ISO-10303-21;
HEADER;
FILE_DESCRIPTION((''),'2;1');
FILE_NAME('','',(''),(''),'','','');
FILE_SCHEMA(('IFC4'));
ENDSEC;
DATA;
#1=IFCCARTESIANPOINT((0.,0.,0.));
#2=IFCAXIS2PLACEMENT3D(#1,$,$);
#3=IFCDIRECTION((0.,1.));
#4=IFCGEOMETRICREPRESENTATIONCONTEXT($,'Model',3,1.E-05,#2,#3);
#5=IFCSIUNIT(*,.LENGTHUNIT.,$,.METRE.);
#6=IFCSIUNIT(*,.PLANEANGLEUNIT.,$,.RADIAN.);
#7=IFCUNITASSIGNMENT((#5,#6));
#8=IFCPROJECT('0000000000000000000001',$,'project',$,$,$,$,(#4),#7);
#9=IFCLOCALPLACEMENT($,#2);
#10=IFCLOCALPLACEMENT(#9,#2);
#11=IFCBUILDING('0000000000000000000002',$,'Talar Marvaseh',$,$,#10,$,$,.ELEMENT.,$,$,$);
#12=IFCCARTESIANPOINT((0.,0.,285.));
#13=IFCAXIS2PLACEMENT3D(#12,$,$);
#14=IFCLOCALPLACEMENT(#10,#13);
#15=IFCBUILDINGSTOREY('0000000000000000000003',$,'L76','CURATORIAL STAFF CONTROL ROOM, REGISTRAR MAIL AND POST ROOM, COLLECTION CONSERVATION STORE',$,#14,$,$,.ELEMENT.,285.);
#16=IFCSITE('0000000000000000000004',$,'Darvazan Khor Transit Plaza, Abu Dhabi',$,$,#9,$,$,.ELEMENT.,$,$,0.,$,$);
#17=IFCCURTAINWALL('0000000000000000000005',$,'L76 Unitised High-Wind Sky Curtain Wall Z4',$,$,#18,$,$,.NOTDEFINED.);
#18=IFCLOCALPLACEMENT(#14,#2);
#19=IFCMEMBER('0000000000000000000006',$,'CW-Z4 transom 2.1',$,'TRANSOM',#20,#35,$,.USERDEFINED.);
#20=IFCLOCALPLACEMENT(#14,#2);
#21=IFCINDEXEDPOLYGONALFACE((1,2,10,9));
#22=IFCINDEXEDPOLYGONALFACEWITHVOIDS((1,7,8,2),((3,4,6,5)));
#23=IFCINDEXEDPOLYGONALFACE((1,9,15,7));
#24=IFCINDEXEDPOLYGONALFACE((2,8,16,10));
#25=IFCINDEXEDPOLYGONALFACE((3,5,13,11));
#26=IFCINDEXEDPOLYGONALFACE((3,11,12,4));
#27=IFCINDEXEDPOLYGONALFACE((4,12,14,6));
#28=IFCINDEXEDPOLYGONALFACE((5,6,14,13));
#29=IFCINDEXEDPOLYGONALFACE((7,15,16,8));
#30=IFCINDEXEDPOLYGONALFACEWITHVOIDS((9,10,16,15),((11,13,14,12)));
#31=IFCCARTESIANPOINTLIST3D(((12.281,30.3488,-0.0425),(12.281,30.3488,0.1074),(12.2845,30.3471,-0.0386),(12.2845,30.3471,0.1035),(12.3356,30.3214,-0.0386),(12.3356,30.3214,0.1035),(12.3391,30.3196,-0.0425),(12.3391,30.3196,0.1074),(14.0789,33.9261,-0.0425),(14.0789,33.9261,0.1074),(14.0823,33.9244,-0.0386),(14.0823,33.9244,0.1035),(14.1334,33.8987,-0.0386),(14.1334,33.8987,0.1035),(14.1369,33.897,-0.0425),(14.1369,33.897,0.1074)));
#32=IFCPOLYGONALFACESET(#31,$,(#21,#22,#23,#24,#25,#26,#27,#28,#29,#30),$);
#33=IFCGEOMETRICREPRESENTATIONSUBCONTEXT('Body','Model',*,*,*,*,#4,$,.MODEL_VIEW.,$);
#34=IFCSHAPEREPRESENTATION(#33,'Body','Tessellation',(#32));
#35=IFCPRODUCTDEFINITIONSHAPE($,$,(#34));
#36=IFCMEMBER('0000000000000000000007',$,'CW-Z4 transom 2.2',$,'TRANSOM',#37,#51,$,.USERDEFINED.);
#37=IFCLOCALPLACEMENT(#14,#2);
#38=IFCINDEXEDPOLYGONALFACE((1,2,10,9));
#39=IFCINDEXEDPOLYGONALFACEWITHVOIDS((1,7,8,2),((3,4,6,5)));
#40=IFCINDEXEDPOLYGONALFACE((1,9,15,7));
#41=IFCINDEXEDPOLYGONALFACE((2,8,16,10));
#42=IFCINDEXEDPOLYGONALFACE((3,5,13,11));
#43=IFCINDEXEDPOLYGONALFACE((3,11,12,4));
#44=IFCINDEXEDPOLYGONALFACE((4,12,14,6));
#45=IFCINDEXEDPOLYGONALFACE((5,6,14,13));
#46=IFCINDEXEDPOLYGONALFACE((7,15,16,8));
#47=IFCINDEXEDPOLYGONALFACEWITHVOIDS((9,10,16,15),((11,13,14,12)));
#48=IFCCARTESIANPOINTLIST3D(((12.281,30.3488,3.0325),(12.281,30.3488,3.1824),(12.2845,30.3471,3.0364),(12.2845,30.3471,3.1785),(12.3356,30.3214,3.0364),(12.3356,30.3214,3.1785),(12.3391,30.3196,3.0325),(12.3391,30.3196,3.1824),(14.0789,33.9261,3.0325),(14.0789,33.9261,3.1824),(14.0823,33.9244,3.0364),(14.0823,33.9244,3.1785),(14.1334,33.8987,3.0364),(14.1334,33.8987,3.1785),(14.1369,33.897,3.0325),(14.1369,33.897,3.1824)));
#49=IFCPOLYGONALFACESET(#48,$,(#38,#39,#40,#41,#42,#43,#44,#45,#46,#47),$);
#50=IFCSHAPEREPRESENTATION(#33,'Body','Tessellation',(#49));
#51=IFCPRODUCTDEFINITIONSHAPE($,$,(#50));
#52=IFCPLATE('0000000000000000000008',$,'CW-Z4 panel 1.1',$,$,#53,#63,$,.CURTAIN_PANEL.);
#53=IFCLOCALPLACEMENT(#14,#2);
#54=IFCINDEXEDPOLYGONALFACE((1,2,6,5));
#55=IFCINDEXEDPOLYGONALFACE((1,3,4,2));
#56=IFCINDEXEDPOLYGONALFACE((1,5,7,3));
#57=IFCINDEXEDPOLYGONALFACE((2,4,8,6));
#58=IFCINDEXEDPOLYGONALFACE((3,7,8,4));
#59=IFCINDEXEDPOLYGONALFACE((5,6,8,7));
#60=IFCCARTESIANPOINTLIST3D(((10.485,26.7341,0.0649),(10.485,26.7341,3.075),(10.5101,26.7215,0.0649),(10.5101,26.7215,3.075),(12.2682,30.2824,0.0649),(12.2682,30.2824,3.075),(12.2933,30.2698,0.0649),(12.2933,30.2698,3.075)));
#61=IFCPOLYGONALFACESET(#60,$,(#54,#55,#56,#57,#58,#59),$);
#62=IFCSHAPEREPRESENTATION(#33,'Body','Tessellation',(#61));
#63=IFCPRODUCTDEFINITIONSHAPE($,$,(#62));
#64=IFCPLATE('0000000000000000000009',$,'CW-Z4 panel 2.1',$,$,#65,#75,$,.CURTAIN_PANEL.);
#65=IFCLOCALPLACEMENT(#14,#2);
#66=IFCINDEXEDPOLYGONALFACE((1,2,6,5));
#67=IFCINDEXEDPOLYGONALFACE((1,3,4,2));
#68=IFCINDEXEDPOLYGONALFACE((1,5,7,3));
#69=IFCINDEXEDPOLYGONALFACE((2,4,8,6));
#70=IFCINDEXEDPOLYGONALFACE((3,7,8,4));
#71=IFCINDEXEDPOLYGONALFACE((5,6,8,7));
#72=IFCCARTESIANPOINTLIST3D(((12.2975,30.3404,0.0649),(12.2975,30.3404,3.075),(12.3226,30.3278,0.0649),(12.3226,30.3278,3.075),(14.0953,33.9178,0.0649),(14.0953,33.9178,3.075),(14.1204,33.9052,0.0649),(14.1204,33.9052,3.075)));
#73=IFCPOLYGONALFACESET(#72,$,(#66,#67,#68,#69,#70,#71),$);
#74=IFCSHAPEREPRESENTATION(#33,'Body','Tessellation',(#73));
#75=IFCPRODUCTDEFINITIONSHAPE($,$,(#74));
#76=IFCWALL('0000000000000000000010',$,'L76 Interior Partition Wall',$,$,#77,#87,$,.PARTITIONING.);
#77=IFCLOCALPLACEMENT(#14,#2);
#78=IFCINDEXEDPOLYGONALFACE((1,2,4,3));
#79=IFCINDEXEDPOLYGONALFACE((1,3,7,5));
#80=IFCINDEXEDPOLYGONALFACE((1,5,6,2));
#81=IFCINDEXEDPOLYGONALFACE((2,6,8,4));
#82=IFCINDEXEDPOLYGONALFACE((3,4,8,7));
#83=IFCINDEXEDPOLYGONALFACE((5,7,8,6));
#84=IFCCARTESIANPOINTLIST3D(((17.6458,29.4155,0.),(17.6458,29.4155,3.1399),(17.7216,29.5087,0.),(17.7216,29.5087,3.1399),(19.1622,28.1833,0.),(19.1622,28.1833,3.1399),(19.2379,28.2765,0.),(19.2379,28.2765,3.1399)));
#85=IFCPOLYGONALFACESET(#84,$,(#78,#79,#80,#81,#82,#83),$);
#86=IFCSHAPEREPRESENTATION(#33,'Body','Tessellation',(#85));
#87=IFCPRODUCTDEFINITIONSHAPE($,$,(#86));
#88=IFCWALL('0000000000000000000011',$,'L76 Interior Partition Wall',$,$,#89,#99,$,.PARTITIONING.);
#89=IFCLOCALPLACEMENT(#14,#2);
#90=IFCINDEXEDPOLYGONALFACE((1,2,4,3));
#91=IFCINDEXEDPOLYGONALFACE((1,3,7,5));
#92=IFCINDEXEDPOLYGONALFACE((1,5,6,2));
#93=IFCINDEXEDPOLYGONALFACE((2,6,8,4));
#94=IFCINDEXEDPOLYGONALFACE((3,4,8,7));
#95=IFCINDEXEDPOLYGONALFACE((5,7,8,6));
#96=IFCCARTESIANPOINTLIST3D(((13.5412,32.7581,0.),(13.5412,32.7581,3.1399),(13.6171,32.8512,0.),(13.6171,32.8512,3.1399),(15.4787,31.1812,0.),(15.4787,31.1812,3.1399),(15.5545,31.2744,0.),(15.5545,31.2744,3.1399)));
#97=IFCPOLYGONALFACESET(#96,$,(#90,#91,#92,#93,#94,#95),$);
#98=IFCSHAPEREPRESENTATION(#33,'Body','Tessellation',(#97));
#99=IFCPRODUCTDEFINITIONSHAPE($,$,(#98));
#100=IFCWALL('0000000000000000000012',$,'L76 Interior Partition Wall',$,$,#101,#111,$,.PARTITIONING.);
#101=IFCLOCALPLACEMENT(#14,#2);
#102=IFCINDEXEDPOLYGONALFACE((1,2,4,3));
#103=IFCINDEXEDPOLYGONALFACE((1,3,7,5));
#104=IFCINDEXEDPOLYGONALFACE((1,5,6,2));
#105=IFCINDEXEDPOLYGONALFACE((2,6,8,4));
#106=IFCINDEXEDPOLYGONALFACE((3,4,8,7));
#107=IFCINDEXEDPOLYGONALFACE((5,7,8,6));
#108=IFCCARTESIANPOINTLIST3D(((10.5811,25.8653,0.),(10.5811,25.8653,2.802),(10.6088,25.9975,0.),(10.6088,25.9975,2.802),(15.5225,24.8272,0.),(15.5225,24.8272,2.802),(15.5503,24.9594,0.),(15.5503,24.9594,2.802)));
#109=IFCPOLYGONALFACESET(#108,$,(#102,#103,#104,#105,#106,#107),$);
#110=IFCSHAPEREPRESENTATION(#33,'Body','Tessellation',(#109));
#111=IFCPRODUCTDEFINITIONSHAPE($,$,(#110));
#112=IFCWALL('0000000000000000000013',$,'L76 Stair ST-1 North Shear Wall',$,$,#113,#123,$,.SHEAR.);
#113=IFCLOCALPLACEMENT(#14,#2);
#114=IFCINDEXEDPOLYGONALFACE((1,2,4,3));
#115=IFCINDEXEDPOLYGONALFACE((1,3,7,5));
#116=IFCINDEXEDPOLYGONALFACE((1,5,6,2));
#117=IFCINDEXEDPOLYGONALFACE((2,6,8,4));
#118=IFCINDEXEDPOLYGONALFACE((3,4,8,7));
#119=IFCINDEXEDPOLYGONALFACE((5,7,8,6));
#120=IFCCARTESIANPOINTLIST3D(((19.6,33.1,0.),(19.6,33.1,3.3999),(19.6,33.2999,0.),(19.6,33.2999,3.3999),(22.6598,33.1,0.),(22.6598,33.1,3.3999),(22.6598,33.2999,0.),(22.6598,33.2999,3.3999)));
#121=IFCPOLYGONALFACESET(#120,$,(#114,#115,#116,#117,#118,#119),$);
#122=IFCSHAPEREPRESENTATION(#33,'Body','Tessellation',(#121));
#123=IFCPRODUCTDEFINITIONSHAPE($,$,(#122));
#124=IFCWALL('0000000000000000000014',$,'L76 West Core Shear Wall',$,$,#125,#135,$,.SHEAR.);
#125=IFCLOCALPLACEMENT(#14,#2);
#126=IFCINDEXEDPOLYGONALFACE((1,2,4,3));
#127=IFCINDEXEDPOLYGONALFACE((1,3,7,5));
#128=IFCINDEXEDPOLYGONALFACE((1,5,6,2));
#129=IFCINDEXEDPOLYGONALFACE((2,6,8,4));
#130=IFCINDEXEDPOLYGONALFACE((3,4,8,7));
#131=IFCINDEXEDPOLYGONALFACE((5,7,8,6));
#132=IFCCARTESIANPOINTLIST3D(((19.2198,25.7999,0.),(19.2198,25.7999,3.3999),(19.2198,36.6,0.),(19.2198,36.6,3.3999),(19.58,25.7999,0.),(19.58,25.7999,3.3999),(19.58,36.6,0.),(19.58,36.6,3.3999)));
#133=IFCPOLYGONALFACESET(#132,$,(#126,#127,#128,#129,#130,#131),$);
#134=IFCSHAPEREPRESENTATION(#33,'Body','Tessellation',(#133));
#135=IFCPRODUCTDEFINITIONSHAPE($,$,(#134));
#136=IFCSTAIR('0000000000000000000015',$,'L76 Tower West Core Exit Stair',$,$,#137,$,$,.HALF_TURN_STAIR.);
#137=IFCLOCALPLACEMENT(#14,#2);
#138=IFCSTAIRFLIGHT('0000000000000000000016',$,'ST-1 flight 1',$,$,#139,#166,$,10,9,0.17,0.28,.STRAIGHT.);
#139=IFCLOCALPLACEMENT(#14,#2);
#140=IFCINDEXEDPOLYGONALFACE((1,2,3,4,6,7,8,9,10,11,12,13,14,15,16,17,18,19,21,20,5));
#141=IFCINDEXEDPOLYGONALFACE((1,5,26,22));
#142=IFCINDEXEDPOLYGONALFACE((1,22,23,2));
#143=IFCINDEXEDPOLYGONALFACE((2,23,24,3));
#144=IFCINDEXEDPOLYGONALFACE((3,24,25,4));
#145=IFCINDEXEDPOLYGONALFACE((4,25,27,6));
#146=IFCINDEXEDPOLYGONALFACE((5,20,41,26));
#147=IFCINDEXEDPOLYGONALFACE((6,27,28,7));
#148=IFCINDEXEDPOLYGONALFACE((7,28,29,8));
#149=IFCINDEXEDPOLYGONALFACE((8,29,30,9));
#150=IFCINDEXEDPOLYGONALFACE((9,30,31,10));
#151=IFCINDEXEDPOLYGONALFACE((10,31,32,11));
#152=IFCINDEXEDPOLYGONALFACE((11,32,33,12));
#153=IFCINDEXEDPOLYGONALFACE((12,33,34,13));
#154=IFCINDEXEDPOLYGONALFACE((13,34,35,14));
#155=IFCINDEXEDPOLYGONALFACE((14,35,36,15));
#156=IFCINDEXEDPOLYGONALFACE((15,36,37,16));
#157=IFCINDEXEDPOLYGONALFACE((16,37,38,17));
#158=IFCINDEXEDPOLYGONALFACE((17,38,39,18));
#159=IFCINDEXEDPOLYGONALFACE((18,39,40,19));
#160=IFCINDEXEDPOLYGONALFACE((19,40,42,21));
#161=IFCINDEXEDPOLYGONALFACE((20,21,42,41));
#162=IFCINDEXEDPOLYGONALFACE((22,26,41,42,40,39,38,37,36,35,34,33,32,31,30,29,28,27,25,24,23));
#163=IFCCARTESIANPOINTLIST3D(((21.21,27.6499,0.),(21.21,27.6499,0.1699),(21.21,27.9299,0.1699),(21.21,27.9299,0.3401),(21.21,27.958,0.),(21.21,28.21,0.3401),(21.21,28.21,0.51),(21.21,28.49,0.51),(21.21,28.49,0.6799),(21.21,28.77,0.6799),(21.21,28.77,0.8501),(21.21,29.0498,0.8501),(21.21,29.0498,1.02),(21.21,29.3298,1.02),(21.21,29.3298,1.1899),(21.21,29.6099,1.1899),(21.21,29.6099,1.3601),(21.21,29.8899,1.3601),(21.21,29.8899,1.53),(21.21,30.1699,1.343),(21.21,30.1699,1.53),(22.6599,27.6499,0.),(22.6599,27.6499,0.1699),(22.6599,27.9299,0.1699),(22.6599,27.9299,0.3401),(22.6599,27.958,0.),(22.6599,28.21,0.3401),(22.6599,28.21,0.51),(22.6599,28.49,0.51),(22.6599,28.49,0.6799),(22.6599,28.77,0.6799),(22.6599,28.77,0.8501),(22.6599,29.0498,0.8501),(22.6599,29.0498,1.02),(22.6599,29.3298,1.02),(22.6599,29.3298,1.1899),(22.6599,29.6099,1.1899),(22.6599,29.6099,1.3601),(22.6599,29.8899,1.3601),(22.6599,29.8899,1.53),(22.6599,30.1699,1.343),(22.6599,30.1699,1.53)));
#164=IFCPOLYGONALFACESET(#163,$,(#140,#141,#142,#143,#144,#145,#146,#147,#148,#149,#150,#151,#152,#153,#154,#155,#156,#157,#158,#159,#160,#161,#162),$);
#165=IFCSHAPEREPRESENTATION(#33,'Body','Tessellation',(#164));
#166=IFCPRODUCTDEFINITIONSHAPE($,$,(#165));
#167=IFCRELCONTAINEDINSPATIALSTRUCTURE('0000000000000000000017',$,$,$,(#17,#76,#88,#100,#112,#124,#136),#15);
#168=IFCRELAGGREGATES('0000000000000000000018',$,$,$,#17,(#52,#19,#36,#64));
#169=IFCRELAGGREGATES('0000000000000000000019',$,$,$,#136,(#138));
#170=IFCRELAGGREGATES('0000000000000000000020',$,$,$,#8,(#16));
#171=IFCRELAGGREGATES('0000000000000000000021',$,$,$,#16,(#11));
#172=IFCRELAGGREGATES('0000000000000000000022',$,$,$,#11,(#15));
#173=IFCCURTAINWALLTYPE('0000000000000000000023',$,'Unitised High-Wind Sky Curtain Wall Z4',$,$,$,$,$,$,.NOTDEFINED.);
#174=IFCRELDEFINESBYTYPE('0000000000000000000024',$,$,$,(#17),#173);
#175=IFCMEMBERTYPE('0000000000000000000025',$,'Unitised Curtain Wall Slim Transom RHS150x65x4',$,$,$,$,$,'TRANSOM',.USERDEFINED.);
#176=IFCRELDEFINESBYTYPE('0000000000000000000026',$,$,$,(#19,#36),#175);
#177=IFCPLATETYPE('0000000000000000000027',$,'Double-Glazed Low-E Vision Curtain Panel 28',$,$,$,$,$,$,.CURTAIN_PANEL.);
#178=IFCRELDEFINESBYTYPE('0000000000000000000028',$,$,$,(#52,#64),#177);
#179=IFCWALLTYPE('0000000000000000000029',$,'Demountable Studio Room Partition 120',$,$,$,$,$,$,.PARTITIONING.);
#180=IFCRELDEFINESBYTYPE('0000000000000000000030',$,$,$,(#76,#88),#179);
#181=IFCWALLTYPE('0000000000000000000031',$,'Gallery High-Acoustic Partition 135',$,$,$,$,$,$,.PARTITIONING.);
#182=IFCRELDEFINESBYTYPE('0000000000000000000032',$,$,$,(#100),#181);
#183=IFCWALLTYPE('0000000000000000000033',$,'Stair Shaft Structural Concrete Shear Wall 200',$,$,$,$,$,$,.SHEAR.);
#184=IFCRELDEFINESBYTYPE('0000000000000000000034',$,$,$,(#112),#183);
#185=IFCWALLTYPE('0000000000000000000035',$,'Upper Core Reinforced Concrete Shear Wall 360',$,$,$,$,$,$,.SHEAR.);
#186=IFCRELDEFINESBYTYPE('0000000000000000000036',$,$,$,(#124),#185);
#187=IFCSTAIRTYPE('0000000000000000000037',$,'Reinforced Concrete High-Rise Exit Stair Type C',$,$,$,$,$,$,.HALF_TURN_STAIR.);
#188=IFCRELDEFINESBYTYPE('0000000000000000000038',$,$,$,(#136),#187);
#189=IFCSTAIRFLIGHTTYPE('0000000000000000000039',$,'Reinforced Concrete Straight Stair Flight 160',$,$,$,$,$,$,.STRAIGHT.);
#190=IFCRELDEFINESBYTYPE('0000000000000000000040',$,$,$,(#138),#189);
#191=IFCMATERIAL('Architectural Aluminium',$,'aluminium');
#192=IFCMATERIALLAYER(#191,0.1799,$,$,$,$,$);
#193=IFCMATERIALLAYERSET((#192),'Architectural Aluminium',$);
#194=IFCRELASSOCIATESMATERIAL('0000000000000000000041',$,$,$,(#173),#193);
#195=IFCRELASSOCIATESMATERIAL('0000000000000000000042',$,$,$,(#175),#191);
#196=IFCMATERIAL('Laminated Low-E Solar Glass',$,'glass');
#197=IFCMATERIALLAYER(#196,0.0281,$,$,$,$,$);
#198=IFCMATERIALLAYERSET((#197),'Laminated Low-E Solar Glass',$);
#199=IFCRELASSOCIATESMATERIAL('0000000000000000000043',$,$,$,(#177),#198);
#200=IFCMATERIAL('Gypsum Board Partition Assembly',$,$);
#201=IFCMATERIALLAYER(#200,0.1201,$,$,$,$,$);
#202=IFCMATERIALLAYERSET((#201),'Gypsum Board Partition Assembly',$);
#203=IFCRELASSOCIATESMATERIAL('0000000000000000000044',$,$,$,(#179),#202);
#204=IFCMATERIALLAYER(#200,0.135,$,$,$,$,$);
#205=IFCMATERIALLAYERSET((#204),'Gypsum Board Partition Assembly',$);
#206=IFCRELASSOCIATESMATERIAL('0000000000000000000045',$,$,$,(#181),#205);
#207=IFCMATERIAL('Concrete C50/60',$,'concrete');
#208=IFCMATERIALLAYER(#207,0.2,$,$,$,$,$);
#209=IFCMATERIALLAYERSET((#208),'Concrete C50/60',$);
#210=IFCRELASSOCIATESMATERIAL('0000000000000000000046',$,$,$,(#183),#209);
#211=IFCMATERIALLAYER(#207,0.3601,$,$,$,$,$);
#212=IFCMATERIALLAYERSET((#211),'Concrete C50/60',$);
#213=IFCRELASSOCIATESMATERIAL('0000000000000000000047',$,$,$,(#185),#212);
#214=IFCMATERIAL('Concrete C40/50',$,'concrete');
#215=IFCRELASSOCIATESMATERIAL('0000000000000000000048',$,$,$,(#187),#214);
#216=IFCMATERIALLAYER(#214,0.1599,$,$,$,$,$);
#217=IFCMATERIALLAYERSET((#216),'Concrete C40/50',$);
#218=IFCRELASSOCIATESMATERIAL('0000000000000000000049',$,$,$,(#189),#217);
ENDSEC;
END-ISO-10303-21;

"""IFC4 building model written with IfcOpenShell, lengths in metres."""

from ifc_helpers import new_model, si_unit, direction, frame, frame_2d, origin, origin_2d, place, context, subcontext, project, spatial, polyline, rectangle, hollow_rectangle, outline, extrude, source, transform, mapped, material, layer, layer_set, material_profile, profile_set, type_object, type_shapes, element, aggregate, save


model = new_model("IFC4")

# Units and contexts
model_context = context("Model", 3, precision=1e-05, world=origin(), true_north=direction((0.0, 1.0)))
body_context = subcontext(model_context, "Body", "Model", "MODEL_VIEW")
ifc_project = project(units=[si_unit("LENGTHUNIT", "METRE"), si_unit("PLANEANGLEUNIT", "RADIAN")], contexts=[model_context])

# Site, building, storey
site_placement = place(None, origin())
site = spatial("IfcSite", under=ifc_project, at=site_placement, Name="Darvazan Khor Transit Plaza, Abu Dhabi", CompositionType="ELEMENT", RefElevation=0.0)
building_placement = place(site_placement, origin())
building = spatial("IfcBuilding", under=site, at=building_placement, Name="Talar Marvaseh", CompositionType="ELEMENT")
storey_placement = place(building_placement, frame((0.0, 0.0, 285.0)))
storey = spatial("IfcBuildingStorey", under=building, at=storey_placement, Name="L76", Description="CURATORIAL STAFF CONTROL ROOM, REGISTRAR MAIL AND POST ROOM, COLLECTION CONSERVATION STORE", CompositionType="ELEMENT", Elevation=285.0)

# Shared definitions
ifc_material_1 = material(Name="Concrete C50/60", Category="concrete")

# Curtain wall, members, plates
ifc_material_2 = material(Name="Architectural Aluminium", Category="aluminium")
ifc_layer_1 = layer(ifc_material_2, 0.1799)
ifc_layer_set_1 = layer_set([ifc_layer_1], Name="Architectural Aluminium")
curtain_wall_type = type_object("IfcCurtainWallType", Name="Unitised High-Wind Sky Curtain Wall Z4", PredefinedType="NOTDEFINED", material=ifc_layer_set_1)
curtain_wall_placement = place(storey_placement, origin())
curtain_wall = element("IfcCurtainWall", 1, at=curtain_wall_placement, inside=storey, type_object=curtain_wall_type, Name="L76 Unitised High-Wind Sky Curtain Wall Z4", PredefinedType="NOTDEFINED")
ifc_material_profile_1 = material_profile(ifc_material_2, hollow_rectangle(XDim=0.0649, YDim=0.1499, WallThickness=0.0039, at=origin_2d()), Name="RHS150x65x4")
ifc_profile_set_1 = profile_set([ifc_material_profile_1], Name="Architectural Aluminium")
member_type_1 = type_object("IfcMemberType", Name="Unitised Curtain Wall Slim Transom RHS150x65x4", ElementType="TRANSOM", PredefinedType="USERDEFINED", material=ifc_profile_set_1)
shared_shape_1 = source(origin(), body_context, "Body", "SweptSolid", [
    extrude(hollow_rectangle(XDim=0.0649, YDim=0.1499, WallThickness=0.0039, at=origin_2d()), origin(), (0.0, 0.0, 1.0), 4.0037),
])
member_1_placement = place(storey_placement, frame((12.3101, 30.3342, 0.0325), z_axis=(0.449042, 0.893511, 0.0), x_axis=(-0.893511, 0.449042, 0.0)))
member_1 = element("IfcMember", 2, at=member_1_placement, type_object=member_type_1, Name="CW-Z4 transom 2.1", ObjectType="TRANSOM", PredefinedType="USERDEFINED", context=body_context, shape_type="MappedRepresentation", body=[
    mapped(shared_shape_1, transform((0.0, 0.0, 0.0), x_axis=(1.0, 0.0, 0.0), y_axis=(0.0, 1.0, 0.0), z_axis=(0.0, 0.0, 1.0), scale=1.0)),
])
member_2_placement = place(storey_placement, frame((12.3101, 30.3342, 3.1074), z_axis=(0.449042, 0.893511, 0.0), x_axis=(-0.893511, 0.449042, 0.0)))
member_2 = element("IfcMember", 3, at=member_2_placement, type_object=member_type_1, Name="CW-Z4 transom 2.2", ObjectType="TRANSOM", PredefinedType="USERDEFINED", context=body_context, shape_type="MappedRepresentation", body=[
    mapped(shared_shape_1, transform((0.0, 0.0, 0.0), x_axis=(1.0, 0.0, 0.0), y_axis=(0.0, 1.0, 0.0), z_axis=(0.0, 0.0, 1.0), scale=1.0)),
])
ifc_material_3 = material(Name="Laminated Low-E Solar Glass", Category="glass")
ifc_layer_2 = layer(ifc_material_3, 0.0281)
ifc_layer_set_2 = layer_set([ifc_layer_2], Name="Laminated Low-E Solar Glass")
plate_type = type_object("IfcPlateType", Name="Double-Glazed Low-E Vision Curtain Panel 28", PredefinedType="CURTAIN_PANEL", material=ifc_layer_set_2)
shared_shape_2 = source(origin(), body_context, "Body", "SweptSolid", [
    extrude(rectangle(XDim=3.9712, YDim=0.0281, at=origin_2d()), origin(), (0.0, 0.0, 1.0), 3.01),
])
plate_1_placement = place(storey_placement, frame((11.3892, 28.502, 0.0649), z_axis=(0.0, 0.0, 1.0), x_axis=(0.449035, 0.893514, 0.0)))
plate_1 = element("IfcPlate", 4, at=plate_1_placement, type_object=plate_type, Name="CW-Z4 panel 1.1", PredefinedType="CURTAIN_PANEL", context=body_context, shape_type="MappedRepresentation", body=[
    mapped(shared_shape_2, transform((0.0, 0.0, 0.0), x_axis=(1.0, 0.0, 0.0), y_axis=(0.0, 1.0, 0.0), z_axis=(0.0, 0.0, 1.0), scale=1.0)),
])
shared_shape_3 = source(origin(), body_context, "Body", "SweptSolid", [
    extrude(rectangle(XDim=4.0037, YDim=0.0281, at=origin_2d()), origin(), (0.0, 0.0, 1.0), 3.01),
])
type_shapes(plate_type, [shared_shape_2, shared_shape_3])
plate_2_placement = place(storey_placement, frame((13.209, 32.1228, 0.0649), z_axis=(0.0, 0.0, 1.0), x_axis=(0.449035, 0.893514, 0.0)))
plate_2 = element("IfcPlate", 5, at=plate_2_placement, type_object=plate_type, Name="CW-Z4 panel 2.1", PredefinedType="CURTAIN_PANEL", context=body_context, shape_type="MappedRepresentation", body=[
    mapped(shared_shape_3, transform((0.0, 0.0, 0.0), x_axis=(1.0, 0.0, 0.0), y_axis=(0.0, 1.0, 0.0), z_axis=(0.0, 0.0, 1.0), scale=1.0)),
])
aggregate(curtain_wall, [plate_1, member_1, member_2, plate_2])

# Walls
ifc_material_4 = material(Name="Gypsum Board Partition Assembly")
ifc_layer_3 = layer(ifc_material_4, 0.1201)
ifc_layer_set_3 = layer_set([ifc_layer_3], Name="Gypsum Board Partition Assembly")
wall_type_1 = type_object("IfcWallType", Name="Demountable Studio Room Partition 120", PredefinedType="PARTITIONING", material=ifc_layer_set_3)
wall_1_placement = place(storey_placement, frame((17.6836, 29.4622, 0.0), z_axis=(0.0, 0.0, 1.0), x_axis=(0.77608, -0.630635, 0.0)))
element("IfcWall", 6, at=wall_1_placement, inside=storey, type_object=wall_type_1, Name="L76 Interior Partition Wall", PredefinedType="PARTITIONING", context=body_context, shape_type="SweptSolid", body=[
    extrude(rectangle(XDim=1.9539, YDim=0.1201, at=frame_2d((0.9771, 0.0))), origin(), (0.0, 0.0, 1.0), 3.1399),
])
wall_2_placement = place(storey_placement, frame((15.5166, 31.2278, 0.0), z_axis=(0.0, 0.0, 1.0), x_axis=(-0.775588, 0.63124, 0.0)))
element("IfcWall", 7, at=wall_2_placement, inside=storey, type_object=wall_type_1, Name="L76 Interior Partition Wall", PredefinedType="PARTITIONING", context=body_context, shape_type="SweptSolid", body=[
    extrude(rectangle(XDim=2.498, YDim=0.1201, at=frame_2d((1.249, 0.0))), origin(), (0.0, 0.0, 1.0), 3.1399),
])
ifc_layer_4 = layer(ifc_material_4, 0.135)
ifc_layer_set_4 = layer_set([ifc_layer_4], Name="Gypsum Board Partition Assembly")
wall_type_2 = type_object("IfcWallType", Name="Gallery High-Acoustic Partition 135", PredefinedType="PARTITIONING", material=ifc_layer_set_4)
wall_3_placement = place(storey_placement, frame((10.595, 25.9314, 0.0), z_axis=(0.0, 0.0, 1.0), x_axis=(0.978638, -0.205591, 0.0)))
element("IfcWall", 8, at=wall_3_placement, inside=storey, type_object=wall_type_2, Name="L76 Interior Partition Wall", PredefinedType="PARTITIONING", context=body_context, shape_type="SweptSolid", body=[
    extrude(rectangle(XDim=5.0493, YDim=0.135, at=frame_2d((2.5247, 0.0))), origin(), (0.0, 0.0, 1.0), 2.802),
])
ifc_layer_5 = layer(ifc_material_1, 0.2)
ifc_layer_set_5 = layer_set([ifc_layer_5], Name="Concrete C50/60")
wall_type_3 = type_object("IfcWallType", Name="Stair Shaft Structural Concrete Shear Wall 200", PredefinedType="SHEAR", material=ifc_layer_set_5)
wall_4_placement = place(storey_placement, frame((19.6001, 33.2, 0.0), z_axis=(0.0, 0.0, 1.0), x_axis=(1.0, 0.0, 0.0)))
element("IfcWall", 9, at=wall_4_placement, inside=storey, type_object=wall_type_3, Name="L76 Stair ST-1 North Shear Wall", PredefinedType="SHEAR", context=body_context, shape_type="SweptSolid", body=[
    extrude(rectangle(XDim=3.0598, YDim=0.2, at=frame_2d((1.5298, 0.0))), origin(), (0.0, 0.0, 1.0), 3.3999),
])
ifc_layer_6 = layer(ifc_material_1, 0.3601)
ifc_layer_set_6 = layer_set([ifc_layer_6], Name="Concrete C50/60")
wall_type_4 = type_object("IfcWallType", Name="Upper Core Reinforced Concrete Shear Wall 360", PredefinedType="SHEAR", material=ifc_layer_set_6)
wall_5_placement = place(storey_placement, frame((19.3999, 25.8, 0.0), z_axis=(0.0, 0.0, 1.0), x_axis=(0.0, 1.0, 0.0)))
element("IfcWall", 10, at=wall_5_placement, inside=storey, type_object=wall_type_4, Name="L76 West Core Shear Wall", PredefinedType="SHEAR", context=body_context, shape_type="SweptSolid", body=[
    extrude(rectangle(XDim=10.8, YDim=0.3601, at=frame_2d((5.3999, 0.0))), origin(), (0.0, 0.0, 1.0), 3.3999),
])

# Stair, stair flight
ifc_material_5 = material(Name="Concrete C40/50", Category="concrete")
stair_type = type_object("IfcStairType", Name="Reinforced Concrete High-Rise Exit Stair Type C", PredefinedType="HALF_TURN_STAIR", material=ifc_material_5)
stair_placement = place(storey_placement, origin())
stair = element("IfcStair", 11, at=stair_placement, inside=storey, type_object=stair_type, Name="L76 Tower West Core Exit Stair", PredefinedType="HALF_TURN_STAIR")
ifc_layer_7 = layer(ifc_material_5, 0.1599)
ifc_layer_set_7 = layer_set([ifc_layer_7], Name="Concrete C40/50")
stair_flight_type = type_object("IfcStairFlightType", Name="Reinforced Concrete Straight Stair Flight 160", PredefinedType="STRAIGHT", material=ifc_layer_set_7)
stair_flight_1_placement = place(storey_placement, frame((21.9351, 27.6499, 0.0), z_axis=(0.0, 0.0, 1.0), x_axis=(0.0, 1.0, 0.0)))
stair_flight_1 = element("IfcStairFlight", 12, at=stair_flight_1_placement, type_object=stair_flight_type, Name="ST-1 flight 1", NumberOfRisers=10, NumberOfTreads=9, PredefinedType="STRAIGHT", RiserHeight=0.17, TreadLength=0.28, context=body_context, shape_type="SweptSolid", body=[
    extrude(outline(polyline([(0.0, 0.0), (0.0, 0.1699), (0.28, 0.1699), (0.28, 0.3401), (0.5601, 0.3401), (0.5601, 0.51), (0.8401, 0.51), (0.8401, 0.6799), (1.1201, 0.6799), (1.1201, 0.8501), (1.3999, 0.8501), (1.3999, 1.02), (1.6799, 1.02), (1.6799, 1.1899), (1.96, 1.1899), (1.96, 1.3601), (2.24, 1.3601), (2.24, 1.53), (2.52, 1.53), (2.52, 1.7), (2.52, 1.343), (0.3081, 0.0), (0.0, 0.0)])), frame((0.0, 0.7251, 0.0), z_axis=(0.0, -1.0, 0.0), x_axis=(1.0, 0.0, 0.0)), (0.0, 0.0, 1.0), 1.45),
])
aggregate(stair, [stair_flight_1])

save(model, "model.ifc")
